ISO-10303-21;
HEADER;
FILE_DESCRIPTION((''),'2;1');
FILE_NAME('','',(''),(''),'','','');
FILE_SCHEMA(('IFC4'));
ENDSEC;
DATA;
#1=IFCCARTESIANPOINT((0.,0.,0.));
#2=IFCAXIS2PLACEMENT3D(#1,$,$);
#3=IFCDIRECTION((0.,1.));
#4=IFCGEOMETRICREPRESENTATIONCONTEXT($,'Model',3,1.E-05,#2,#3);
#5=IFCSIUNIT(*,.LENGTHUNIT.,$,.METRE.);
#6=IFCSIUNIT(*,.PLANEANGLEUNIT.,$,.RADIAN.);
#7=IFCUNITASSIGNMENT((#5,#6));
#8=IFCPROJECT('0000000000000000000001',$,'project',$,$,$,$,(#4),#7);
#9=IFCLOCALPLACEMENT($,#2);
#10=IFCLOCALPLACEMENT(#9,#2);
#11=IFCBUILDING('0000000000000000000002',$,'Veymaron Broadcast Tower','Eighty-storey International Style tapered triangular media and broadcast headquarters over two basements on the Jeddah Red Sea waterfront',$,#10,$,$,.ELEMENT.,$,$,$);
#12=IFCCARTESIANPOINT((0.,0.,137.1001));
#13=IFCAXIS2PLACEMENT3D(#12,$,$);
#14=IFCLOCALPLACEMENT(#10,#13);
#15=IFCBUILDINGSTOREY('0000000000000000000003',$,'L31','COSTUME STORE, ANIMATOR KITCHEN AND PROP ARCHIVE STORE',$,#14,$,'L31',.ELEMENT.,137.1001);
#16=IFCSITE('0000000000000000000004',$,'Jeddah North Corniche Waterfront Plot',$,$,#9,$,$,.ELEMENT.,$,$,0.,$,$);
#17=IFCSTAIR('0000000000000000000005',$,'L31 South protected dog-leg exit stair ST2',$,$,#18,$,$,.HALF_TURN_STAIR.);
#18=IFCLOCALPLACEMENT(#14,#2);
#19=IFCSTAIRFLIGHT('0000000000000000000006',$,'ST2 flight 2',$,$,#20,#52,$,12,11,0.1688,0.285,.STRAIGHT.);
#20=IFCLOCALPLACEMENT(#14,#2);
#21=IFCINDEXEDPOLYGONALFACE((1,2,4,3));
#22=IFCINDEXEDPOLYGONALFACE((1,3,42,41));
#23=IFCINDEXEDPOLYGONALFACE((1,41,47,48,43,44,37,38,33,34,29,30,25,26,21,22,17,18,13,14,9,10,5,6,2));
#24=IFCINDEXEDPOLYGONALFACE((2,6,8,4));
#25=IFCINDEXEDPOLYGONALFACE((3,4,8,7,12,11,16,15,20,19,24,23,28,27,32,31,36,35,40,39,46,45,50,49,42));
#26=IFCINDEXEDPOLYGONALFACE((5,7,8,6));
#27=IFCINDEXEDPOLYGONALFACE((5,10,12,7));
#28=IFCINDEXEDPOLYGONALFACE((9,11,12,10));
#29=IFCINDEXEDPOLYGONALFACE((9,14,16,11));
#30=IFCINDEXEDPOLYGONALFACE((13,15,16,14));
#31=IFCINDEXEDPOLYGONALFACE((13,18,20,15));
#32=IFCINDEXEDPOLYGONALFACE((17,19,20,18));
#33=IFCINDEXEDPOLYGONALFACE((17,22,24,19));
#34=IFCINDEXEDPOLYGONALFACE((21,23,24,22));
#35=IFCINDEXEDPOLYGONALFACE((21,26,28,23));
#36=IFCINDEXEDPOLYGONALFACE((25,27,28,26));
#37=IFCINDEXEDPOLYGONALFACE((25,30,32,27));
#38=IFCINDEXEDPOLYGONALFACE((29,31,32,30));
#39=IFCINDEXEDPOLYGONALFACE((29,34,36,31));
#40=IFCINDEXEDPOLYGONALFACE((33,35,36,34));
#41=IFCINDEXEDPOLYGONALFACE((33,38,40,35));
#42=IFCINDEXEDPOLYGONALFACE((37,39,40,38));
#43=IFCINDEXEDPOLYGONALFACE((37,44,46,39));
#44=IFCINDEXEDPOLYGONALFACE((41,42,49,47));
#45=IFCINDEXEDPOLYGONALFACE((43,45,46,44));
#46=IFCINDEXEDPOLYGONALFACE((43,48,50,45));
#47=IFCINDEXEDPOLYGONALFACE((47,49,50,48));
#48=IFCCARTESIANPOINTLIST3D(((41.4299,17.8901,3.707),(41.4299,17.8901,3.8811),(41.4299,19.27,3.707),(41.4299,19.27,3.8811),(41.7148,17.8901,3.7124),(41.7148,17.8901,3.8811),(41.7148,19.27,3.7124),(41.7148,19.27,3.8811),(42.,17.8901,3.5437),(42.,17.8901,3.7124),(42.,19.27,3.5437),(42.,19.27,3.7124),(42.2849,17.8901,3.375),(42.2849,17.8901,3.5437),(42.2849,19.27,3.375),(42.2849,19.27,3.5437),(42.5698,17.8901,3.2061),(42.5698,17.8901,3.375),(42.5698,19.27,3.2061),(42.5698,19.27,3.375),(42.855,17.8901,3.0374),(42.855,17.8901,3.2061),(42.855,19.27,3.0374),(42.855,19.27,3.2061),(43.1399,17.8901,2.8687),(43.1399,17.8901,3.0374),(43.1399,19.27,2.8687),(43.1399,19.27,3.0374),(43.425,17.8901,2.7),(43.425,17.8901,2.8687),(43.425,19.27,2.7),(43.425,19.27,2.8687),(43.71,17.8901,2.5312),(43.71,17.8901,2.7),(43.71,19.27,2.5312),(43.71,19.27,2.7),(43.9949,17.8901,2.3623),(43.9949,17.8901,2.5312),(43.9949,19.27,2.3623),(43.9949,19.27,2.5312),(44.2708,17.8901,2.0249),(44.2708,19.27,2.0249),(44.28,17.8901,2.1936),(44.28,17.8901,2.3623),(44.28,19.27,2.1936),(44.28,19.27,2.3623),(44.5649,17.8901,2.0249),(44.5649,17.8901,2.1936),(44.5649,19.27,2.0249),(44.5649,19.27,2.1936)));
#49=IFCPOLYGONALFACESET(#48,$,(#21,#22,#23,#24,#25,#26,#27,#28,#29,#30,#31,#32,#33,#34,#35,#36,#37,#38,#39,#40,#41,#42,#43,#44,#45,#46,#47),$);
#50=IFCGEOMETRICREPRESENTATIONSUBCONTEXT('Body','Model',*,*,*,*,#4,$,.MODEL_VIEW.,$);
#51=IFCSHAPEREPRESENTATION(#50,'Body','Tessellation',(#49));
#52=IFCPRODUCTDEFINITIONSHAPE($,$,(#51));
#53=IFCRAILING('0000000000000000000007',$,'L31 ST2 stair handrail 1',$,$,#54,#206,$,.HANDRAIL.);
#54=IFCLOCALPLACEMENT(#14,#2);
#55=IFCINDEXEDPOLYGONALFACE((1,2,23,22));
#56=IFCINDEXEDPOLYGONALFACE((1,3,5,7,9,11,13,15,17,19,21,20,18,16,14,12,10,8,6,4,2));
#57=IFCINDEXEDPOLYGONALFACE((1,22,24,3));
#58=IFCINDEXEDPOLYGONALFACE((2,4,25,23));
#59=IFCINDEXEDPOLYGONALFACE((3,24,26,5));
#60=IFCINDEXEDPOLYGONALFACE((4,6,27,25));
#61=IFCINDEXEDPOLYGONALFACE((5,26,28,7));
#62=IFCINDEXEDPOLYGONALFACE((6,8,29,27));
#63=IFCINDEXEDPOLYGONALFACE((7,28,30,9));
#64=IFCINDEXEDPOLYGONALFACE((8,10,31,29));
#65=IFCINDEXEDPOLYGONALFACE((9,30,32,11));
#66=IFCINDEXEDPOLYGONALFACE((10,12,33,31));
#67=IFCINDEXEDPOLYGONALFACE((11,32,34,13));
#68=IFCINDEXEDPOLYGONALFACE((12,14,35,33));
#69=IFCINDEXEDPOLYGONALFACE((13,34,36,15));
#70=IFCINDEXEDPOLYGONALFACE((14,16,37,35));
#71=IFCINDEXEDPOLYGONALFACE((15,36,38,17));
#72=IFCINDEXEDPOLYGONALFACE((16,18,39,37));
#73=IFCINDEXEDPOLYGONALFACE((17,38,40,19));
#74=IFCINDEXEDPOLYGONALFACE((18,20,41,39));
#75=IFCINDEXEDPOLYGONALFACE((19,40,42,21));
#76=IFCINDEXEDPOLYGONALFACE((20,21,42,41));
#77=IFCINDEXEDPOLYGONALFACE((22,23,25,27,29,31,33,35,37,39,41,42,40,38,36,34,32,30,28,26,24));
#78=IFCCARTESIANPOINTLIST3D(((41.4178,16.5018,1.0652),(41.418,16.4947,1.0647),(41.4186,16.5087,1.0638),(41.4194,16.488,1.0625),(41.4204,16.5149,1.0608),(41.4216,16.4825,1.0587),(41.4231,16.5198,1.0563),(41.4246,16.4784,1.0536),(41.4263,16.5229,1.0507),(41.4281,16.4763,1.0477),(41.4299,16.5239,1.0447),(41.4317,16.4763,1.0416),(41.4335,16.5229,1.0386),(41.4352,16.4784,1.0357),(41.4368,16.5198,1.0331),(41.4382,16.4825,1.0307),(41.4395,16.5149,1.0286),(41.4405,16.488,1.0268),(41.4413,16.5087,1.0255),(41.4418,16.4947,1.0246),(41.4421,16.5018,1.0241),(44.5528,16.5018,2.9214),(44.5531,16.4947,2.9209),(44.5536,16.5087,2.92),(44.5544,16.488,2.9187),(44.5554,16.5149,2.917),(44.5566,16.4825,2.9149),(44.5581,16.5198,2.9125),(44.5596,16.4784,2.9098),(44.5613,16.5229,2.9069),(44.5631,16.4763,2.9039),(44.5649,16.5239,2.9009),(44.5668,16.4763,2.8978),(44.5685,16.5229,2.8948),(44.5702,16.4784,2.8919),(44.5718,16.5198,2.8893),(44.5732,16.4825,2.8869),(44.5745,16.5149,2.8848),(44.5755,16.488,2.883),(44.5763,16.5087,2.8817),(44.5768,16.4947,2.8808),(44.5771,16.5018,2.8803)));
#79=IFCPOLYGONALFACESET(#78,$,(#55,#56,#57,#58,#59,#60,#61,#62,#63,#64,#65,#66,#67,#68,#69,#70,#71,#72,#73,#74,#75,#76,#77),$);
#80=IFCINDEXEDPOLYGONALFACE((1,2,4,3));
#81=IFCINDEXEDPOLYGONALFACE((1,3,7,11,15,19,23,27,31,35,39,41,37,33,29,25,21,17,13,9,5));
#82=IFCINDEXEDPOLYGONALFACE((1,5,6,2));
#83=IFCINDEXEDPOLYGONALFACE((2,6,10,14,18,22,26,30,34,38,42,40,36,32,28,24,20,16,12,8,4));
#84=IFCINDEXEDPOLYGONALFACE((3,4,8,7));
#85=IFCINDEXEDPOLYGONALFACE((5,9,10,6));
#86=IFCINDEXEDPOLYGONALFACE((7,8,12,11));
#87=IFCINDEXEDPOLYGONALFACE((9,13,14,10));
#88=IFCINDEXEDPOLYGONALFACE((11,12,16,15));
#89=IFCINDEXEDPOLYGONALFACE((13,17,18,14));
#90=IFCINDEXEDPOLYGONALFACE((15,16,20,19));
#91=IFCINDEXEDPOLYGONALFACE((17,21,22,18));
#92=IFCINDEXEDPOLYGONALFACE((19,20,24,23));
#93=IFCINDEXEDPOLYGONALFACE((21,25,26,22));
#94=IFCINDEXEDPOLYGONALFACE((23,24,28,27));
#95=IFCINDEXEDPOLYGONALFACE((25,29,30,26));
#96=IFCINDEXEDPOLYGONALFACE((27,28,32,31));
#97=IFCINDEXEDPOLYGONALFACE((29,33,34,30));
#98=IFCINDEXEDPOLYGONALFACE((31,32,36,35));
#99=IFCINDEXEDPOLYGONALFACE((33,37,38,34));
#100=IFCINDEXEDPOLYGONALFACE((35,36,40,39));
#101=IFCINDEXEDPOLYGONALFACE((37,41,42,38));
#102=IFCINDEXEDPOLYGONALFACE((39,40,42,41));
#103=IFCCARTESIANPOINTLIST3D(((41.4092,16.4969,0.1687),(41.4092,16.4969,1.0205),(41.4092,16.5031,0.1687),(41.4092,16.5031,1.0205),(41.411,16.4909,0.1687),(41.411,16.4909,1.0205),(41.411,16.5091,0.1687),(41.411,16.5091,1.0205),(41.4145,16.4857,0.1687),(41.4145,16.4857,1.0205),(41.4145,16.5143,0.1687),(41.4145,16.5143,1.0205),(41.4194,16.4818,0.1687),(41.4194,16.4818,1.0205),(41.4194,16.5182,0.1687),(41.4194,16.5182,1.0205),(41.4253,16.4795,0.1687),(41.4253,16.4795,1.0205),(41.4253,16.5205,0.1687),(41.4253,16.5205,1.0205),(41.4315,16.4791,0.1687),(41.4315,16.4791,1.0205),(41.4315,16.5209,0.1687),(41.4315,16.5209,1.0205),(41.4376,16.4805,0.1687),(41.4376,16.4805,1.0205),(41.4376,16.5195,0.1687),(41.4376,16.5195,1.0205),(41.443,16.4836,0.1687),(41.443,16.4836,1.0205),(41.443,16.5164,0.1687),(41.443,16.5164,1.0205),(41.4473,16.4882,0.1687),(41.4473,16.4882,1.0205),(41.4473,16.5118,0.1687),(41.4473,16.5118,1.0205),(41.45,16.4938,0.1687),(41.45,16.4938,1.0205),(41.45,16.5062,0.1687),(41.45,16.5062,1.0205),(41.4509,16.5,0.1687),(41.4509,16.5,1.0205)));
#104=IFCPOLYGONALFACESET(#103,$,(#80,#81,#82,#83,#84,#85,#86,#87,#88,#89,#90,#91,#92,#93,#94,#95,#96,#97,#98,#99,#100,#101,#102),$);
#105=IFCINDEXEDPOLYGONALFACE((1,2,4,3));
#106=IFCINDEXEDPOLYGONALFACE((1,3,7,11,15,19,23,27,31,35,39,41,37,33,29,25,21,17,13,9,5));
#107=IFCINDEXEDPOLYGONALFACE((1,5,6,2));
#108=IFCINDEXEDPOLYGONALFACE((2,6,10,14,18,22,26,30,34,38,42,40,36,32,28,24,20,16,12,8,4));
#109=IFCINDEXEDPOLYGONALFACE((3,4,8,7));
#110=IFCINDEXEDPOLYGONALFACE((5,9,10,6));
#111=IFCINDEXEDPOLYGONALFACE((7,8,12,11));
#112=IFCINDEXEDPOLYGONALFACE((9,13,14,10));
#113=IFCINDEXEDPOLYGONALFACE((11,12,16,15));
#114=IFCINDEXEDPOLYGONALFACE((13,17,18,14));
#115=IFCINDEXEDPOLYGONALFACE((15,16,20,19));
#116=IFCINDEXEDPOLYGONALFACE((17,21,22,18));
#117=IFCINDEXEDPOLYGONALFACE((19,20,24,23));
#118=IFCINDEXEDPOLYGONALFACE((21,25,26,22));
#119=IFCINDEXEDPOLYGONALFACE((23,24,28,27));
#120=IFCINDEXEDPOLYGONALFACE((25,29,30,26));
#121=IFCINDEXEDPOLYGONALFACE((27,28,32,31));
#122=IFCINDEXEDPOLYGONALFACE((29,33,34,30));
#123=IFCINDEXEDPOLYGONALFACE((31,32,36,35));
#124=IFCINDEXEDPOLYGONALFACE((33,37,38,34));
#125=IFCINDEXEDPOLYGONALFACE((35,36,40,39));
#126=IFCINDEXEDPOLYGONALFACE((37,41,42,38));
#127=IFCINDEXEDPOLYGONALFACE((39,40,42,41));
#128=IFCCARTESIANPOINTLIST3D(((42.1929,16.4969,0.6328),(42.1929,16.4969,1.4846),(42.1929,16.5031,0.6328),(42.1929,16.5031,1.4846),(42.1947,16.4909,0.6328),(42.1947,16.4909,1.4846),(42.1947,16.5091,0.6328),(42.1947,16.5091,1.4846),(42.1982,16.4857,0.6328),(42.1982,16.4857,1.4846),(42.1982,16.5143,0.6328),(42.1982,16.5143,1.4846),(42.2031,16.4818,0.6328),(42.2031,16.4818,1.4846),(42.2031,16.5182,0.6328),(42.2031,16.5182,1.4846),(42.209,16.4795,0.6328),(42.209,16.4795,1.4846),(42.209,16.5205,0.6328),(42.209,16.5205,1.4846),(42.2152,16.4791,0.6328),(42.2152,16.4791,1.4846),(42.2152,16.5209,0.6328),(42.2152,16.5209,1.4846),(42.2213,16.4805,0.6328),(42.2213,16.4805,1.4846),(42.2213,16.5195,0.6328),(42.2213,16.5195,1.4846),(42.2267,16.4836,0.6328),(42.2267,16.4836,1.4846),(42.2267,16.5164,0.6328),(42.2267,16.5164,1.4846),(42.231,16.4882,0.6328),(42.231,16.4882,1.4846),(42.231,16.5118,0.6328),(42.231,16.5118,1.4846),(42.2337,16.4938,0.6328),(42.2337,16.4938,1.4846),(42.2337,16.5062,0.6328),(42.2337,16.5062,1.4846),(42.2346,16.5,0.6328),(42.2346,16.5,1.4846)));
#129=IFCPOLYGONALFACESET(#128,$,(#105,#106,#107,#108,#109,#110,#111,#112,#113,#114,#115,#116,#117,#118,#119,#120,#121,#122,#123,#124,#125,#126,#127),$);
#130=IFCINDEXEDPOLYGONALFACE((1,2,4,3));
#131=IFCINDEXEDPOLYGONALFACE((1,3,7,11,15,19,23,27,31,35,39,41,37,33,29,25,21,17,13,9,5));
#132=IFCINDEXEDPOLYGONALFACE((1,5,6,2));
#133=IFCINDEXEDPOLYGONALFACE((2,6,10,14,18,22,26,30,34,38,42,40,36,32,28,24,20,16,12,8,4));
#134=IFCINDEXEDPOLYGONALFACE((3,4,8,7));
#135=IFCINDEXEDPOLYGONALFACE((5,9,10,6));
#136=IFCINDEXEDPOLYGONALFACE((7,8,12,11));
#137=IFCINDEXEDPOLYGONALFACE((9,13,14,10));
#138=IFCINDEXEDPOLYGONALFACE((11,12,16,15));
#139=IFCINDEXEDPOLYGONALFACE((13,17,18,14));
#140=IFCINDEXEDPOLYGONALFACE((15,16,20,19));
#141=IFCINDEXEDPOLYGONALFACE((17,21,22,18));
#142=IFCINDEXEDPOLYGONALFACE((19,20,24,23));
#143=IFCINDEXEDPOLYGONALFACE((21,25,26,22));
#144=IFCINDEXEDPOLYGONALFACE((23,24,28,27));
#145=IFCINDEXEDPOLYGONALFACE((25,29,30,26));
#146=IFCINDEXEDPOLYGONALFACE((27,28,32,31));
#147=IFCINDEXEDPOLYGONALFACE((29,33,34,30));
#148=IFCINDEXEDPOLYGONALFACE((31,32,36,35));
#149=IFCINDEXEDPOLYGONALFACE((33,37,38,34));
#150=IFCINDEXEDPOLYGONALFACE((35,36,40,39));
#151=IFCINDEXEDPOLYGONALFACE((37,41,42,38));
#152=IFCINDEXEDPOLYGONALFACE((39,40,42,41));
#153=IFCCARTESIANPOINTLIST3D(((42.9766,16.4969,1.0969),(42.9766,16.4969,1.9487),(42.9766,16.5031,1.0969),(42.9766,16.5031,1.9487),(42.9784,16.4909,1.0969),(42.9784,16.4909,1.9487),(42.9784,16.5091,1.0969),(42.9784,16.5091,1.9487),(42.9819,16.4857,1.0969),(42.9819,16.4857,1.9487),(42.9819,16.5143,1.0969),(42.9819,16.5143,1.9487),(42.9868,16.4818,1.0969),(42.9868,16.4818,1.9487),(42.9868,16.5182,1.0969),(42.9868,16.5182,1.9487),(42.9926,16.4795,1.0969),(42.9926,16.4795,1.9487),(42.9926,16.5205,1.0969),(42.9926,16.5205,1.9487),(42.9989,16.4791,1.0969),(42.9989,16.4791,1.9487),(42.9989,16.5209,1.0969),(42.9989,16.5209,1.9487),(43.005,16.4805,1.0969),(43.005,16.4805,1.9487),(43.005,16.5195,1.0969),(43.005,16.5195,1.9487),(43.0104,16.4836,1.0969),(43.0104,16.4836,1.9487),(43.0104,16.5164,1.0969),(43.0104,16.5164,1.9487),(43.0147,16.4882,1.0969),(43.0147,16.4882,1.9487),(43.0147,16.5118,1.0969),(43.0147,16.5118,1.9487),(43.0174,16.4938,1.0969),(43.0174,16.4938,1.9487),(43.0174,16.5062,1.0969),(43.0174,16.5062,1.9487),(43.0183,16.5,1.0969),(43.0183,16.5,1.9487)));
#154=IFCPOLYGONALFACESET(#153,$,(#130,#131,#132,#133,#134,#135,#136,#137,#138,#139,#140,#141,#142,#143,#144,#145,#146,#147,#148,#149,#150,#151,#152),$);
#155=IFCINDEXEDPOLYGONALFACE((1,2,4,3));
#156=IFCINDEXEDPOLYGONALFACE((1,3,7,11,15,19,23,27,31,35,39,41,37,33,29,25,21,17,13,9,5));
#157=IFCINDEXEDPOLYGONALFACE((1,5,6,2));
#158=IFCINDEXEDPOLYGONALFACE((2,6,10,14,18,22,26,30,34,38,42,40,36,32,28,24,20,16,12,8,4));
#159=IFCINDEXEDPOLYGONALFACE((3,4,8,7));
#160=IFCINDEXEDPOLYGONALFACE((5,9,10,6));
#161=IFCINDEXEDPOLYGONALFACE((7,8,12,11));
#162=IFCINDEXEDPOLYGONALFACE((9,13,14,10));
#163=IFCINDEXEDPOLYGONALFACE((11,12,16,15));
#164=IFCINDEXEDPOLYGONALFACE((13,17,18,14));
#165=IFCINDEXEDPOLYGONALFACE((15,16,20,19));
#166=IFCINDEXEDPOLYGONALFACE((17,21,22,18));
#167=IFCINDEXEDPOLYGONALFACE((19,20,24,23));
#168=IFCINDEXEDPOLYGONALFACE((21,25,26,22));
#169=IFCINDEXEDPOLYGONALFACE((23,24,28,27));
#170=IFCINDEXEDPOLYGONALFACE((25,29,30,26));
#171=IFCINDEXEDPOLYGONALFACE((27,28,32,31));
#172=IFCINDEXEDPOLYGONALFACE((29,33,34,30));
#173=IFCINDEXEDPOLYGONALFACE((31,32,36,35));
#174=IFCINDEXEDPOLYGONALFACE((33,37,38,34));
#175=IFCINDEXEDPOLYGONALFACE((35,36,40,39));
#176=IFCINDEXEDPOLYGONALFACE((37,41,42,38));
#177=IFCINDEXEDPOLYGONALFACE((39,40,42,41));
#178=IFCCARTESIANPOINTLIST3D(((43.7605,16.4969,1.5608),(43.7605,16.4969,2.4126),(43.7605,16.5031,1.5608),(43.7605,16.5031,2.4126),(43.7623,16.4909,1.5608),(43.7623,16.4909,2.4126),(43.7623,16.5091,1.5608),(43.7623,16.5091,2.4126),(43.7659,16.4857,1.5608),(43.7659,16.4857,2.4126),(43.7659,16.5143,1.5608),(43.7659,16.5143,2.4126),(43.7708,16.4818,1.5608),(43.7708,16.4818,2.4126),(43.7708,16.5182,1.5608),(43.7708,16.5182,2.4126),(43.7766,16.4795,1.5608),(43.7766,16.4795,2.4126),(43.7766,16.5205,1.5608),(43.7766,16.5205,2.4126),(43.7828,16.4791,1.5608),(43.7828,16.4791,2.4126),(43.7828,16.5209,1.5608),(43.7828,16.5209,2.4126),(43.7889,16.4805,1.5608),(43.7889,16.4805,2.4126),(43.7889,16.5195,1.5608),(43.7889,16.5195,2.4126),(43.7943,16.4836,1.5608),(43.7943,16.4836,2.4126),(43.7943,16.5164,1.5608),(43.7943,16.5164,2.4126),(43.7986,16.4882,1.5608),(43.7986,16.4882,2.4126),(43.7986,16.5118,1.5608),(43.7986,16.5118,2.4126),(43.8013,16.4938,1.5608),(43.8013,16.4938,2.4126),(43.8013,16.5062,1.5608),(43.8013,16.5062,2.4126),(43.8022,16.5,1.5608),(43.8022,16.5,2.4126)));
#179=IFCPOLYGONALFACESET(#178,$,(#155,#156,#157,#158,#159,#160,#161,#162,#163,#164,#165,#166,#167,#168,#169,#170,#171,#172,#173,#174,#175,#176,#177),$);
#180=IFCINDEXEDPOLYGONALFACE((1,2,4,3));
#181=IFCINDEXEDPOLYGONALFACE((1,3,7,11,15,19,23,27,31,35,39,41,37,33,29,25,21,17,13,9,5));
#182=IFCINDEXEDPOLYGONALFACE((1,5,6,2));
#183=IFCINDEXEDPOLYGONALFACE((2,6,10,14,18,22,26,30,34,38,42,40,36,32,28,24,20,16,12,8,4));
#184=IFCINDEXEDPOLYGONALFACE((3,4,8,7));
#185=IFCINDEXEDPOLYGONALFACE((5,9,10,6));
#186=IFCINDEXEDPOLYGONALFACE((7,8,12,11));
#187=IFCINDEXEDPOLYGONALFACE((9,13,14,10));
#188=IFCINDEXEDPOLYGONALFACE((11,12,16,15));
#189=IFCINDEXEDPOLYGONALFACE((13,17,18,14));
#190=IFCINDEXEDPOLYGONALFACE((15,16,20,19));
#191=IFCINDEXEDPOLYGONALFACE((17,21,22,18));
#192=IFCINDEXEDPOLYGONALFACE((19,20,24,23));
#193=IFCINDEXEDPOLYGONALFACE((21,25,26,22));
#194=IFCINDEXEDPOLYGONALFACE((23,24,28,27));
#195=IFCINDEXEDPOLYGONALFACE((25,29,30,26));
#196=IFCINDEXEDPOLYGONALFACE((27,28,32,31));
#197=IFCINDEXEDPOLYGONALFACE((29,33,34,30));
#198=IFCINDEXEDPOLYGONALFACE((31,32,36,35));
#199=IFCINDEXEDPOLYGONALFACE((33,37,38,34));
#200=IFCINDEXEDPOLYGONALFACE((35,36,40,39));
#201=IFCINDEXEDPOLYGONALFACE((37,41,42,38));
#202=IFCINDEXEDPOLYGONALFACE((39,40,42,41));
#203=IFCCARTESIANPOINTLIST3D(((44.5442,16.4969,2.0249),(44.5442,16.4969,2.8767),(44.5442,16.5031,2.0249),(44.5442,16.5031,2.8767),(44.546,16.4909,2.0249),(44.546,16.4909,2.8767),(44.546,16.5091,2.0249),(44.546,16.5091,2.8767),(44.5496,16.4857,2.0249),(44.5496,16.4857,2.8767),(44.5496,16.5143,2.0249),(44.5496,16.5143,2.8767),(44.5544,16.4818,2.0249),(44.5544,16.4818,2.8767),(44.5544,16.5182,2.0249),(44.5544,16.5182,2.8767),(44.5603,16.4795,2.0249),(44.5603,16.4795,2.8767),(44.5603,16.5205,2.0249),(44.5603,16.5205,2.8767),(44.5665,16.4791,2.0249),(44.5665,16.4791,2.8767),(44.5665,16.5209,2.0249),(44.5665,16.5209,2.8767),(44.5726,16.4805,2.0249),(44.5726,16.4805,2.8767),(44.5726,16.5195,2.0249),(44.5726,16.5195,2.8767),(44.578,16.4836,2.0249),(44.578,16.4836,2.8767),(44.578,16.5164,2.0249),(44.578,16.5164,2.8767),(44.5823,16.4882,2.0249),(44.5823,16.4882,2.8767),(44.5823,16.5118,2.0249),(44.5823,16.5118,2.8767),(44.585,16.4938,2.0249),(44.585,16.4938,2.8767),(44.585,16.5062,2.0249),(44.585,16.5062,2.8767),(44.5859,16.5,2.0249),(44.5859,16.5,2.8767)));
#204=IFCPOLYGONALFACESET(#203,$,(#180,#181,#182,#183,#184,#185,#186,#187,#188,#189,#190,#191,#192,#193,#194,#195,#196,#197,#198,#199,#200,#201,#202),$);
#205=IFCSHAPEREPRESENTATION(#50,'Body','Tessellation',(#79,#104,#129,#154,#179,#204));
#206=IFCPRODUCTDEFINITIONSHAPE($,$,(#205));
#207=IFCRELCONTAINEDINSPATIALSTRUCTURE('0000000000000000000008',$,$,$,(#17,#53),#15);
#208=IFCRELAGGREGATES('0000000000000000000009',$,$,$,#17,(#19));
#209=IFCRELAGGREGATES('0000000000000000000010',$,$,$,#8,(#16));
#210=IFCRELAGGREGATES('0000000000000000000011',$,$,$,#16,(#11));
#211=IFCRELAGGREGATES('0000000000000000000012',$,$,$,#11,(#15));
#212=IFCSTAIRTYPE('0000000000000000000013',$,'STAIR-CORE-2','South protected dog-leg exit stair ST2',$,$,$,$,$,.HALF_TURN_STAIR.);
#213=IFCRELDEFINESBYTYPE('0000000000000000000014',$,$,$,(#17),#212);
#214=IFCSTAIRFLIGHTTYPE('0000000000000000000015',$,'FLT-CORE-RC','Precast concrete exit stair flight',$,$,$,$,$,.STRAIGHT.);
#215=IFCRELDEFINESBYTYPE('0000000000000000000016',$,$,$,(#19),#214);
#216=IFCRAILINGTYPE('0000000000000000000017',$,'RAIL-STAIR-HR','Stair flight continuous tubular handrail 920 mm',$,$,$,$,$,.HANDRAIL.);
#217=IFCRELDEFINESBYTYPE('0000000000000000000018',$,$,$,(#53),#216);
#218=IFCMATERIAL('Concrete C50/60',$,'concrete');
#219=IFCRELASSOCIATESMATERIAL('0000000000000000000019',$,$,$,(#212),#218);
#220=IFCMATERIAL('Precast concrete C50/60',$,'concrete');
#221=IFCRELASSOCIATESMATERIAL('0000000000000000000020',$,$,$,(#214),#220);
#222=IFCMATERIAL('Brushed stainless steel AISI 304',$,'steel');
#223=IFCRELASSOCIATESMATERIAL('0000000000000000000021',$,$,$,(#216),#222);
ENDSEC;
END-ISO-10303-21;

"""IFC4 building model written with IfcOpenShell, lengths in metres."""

from ifc_helpers import new_model, si_unit, direction, frame, origin, origin_2d, place, context, subcontext, project, spatial, polyline, circle, outline, extrude, material, type_object, element, aggregate, save


model = new_model("IFC4")

# Units and contexts
model_context = context("Model", 3, precision=1e-05, world=origin(), true_north=direction((0.0, 1.0)))
body_context = subcontext(model_context, "Body", "Model", "MODEL_VIEW")
ifc_project = project(units=[si_unit("LENGTHUNIT", "METRE"), si_unit("PLANEANGLEUNIT", "RADIAN")], contexts=[model_context])

# Site, building, storey
site_placement = place(None, origin())
site = spatial("IfcSite", under=ifc_project, at=site_placement, Name="Jeddah North Corniche Waterfront Plot", CompositionType="ELEMENT", RefElevation=0.0)
building_placement = place(site_placement, origin())
building = spatial("IfcBuilding", under=site, at=building_placement, Name="Veymaron Broadcast Tower", Description="Eighty-storey International Style tapered triangular media and broadcast headquarters over two basements on the Jeddah Red Sea waterfront", CompositionType="ELEMENT")
storey_placement = place(building_placement, frame((0.0, 0.0, 137.1001)))
storey = spatial("IfcBuildingStorey", under=building, at=storey_placement, Name="L31", Description="COSTUME STORE, ANIMATOR KITCHEN AND PROP ARCHIVE STORE", LongName="L31", CompositionType="ELEMENT", Elevation=137.1001)

# Shared definitions
ifc_material_1 = material(Name="Concrete C50/60", Category="concrete")

# Stair, stair flight
stair_type = type_object("IfcStairType", Name="STAIR-CORE-2", Description="South protected dog-leg exit stair ST2", PredefinedType="HALF_TURN_STAIR", material=ifc_material_1)
stair_placement = place(storey_placement, origin())
stair = element("IfcStair", 1, at=stair_placement, inside=storey, type_object=stair_type, Name="L31 South protected dog-leg exit stair ST2", PredefinedType="HALF_TURN_STAIR")
ifc_material_2 = material(Name="Precast concrete C50/60", Category="concrete")
stair_flight_type = type_object("IfcStairFlightType", Name="FLT-CORE-RC", Description="Precast concrete exit stair flight", PredefinedType="STRAIGHT", material=ifc_material_2)
stair_flight_1_placement = place(storey_placement, frame((44.5649, 18.5801, 2.0249), z_axis=(0.0, 0.0, 1.0), x_axis=(-1.0, 0.0, 0.0)))
stair_flight_1 = element("IfcStairFlight", 2, at=stair_flight_1_placement, type_object=stair_flight_type, Name="ST2 flight 2", NumberOfRisers=12, NumberOfTreads=11, PredefinedType="STRAIGHT", RiserHeight=0.1688, TreadLength=0.285, context=body_context, shape_type="SweptSolid", body=[
    extrude(outline(polyline([(0.0, 0.0), (0.0, 0.1687), (0.2849, 0.1687), (0.2849, 0.3374), (0.5701, 0.3374), (0.5701, 0.5063), (0.855, 0.5063), (0.855, 0.675), (1.1399, 0.675), (1.1399, 0.8438), (1.425, 0.8438), (1.425, 1.0125), (1.71, 1.0125), (1.71, 1.1812), (1.9951, 1.1812), (1.9951, 1.3501), (2.28, 1.3501), (2.28, 1.5188), (2.5649, 1.5188), (2.5649, 1.6875), (2.8501, 1.6875), (2.8501, 1.8562), (3.135, 1.8562), (3.135, 2.0249), (3.135, 1.6821), (0.2942, 0.0), (0.0, 0.0)])), frame((0.0, 0.6899, 0.0), z_axis=(0.0, -1.0, 0.0), x_axis=(1.0, 0.0, 0.0)), (0.0, 0.0, 1.0), 1.3799),
])
aggregate(stair, [stair_flight_1])

# Railing
ifc_material_3 = material(Name="Brushed stainless steel AISI 304", Category="steel")
railing_type_1 = type_object("IfcRailingType", Name="RAIL-STAIR-HR", Description="Stair flight continuous tubular handrail 920 mm", PredefinedType="HANDRAIL", material=ifc_material_3)
railing_1_placement = place(storey_placement, frame((41.4299, 16.5, 0.1687)))
element("IfcRailing", 3, at=railing_1_placement, inside=storey, type_object=railing_type_1, Name="L31 ST2 stair handrail 1", PredefinedType="HANDRAIL", context=body_context, shape_type="SweptSolid", body=[
    extrude(circle(Radius=0.0239, at=origin_2d()), frame((0.0, 0.0, 0.876), z_axis=(0.860482, 0.0, 0.509481), x_axis=(0.0, 1.0, 0.0)), (0.0, 0.0, 1.0), 3.6433),
    extrude(circle(Radius=0.021, at=origin_2d()), origin(), (0.0, 0.0, 1.0), 0.8518),
    extrude(circle(Radius=0.021, at=origin_2d()), frame((0.7837, 0.0, 0.4641)), (0.0, 0.0, 1.0), 0.8518),
    extrude(circle(Radius=0.021, at=origin_2d()), frame((1.5674, 0.0, 0.9282)), (0.0, 0.0, 1.0), 0.8518),
    extrude(circle(Radius=0.021, at=origin_2d()), frame((2.3513, 0.0, 1.3921)), (0.0, 0.0, 1.0), 0.8518),
    extrude(circle(Radius=0.021, at=origin_2d()), frame((3.135, 0.0, 1.8562)), (0.0, 0.0, 1.0), 0.8518),
])

save(model, "model.ifc")
